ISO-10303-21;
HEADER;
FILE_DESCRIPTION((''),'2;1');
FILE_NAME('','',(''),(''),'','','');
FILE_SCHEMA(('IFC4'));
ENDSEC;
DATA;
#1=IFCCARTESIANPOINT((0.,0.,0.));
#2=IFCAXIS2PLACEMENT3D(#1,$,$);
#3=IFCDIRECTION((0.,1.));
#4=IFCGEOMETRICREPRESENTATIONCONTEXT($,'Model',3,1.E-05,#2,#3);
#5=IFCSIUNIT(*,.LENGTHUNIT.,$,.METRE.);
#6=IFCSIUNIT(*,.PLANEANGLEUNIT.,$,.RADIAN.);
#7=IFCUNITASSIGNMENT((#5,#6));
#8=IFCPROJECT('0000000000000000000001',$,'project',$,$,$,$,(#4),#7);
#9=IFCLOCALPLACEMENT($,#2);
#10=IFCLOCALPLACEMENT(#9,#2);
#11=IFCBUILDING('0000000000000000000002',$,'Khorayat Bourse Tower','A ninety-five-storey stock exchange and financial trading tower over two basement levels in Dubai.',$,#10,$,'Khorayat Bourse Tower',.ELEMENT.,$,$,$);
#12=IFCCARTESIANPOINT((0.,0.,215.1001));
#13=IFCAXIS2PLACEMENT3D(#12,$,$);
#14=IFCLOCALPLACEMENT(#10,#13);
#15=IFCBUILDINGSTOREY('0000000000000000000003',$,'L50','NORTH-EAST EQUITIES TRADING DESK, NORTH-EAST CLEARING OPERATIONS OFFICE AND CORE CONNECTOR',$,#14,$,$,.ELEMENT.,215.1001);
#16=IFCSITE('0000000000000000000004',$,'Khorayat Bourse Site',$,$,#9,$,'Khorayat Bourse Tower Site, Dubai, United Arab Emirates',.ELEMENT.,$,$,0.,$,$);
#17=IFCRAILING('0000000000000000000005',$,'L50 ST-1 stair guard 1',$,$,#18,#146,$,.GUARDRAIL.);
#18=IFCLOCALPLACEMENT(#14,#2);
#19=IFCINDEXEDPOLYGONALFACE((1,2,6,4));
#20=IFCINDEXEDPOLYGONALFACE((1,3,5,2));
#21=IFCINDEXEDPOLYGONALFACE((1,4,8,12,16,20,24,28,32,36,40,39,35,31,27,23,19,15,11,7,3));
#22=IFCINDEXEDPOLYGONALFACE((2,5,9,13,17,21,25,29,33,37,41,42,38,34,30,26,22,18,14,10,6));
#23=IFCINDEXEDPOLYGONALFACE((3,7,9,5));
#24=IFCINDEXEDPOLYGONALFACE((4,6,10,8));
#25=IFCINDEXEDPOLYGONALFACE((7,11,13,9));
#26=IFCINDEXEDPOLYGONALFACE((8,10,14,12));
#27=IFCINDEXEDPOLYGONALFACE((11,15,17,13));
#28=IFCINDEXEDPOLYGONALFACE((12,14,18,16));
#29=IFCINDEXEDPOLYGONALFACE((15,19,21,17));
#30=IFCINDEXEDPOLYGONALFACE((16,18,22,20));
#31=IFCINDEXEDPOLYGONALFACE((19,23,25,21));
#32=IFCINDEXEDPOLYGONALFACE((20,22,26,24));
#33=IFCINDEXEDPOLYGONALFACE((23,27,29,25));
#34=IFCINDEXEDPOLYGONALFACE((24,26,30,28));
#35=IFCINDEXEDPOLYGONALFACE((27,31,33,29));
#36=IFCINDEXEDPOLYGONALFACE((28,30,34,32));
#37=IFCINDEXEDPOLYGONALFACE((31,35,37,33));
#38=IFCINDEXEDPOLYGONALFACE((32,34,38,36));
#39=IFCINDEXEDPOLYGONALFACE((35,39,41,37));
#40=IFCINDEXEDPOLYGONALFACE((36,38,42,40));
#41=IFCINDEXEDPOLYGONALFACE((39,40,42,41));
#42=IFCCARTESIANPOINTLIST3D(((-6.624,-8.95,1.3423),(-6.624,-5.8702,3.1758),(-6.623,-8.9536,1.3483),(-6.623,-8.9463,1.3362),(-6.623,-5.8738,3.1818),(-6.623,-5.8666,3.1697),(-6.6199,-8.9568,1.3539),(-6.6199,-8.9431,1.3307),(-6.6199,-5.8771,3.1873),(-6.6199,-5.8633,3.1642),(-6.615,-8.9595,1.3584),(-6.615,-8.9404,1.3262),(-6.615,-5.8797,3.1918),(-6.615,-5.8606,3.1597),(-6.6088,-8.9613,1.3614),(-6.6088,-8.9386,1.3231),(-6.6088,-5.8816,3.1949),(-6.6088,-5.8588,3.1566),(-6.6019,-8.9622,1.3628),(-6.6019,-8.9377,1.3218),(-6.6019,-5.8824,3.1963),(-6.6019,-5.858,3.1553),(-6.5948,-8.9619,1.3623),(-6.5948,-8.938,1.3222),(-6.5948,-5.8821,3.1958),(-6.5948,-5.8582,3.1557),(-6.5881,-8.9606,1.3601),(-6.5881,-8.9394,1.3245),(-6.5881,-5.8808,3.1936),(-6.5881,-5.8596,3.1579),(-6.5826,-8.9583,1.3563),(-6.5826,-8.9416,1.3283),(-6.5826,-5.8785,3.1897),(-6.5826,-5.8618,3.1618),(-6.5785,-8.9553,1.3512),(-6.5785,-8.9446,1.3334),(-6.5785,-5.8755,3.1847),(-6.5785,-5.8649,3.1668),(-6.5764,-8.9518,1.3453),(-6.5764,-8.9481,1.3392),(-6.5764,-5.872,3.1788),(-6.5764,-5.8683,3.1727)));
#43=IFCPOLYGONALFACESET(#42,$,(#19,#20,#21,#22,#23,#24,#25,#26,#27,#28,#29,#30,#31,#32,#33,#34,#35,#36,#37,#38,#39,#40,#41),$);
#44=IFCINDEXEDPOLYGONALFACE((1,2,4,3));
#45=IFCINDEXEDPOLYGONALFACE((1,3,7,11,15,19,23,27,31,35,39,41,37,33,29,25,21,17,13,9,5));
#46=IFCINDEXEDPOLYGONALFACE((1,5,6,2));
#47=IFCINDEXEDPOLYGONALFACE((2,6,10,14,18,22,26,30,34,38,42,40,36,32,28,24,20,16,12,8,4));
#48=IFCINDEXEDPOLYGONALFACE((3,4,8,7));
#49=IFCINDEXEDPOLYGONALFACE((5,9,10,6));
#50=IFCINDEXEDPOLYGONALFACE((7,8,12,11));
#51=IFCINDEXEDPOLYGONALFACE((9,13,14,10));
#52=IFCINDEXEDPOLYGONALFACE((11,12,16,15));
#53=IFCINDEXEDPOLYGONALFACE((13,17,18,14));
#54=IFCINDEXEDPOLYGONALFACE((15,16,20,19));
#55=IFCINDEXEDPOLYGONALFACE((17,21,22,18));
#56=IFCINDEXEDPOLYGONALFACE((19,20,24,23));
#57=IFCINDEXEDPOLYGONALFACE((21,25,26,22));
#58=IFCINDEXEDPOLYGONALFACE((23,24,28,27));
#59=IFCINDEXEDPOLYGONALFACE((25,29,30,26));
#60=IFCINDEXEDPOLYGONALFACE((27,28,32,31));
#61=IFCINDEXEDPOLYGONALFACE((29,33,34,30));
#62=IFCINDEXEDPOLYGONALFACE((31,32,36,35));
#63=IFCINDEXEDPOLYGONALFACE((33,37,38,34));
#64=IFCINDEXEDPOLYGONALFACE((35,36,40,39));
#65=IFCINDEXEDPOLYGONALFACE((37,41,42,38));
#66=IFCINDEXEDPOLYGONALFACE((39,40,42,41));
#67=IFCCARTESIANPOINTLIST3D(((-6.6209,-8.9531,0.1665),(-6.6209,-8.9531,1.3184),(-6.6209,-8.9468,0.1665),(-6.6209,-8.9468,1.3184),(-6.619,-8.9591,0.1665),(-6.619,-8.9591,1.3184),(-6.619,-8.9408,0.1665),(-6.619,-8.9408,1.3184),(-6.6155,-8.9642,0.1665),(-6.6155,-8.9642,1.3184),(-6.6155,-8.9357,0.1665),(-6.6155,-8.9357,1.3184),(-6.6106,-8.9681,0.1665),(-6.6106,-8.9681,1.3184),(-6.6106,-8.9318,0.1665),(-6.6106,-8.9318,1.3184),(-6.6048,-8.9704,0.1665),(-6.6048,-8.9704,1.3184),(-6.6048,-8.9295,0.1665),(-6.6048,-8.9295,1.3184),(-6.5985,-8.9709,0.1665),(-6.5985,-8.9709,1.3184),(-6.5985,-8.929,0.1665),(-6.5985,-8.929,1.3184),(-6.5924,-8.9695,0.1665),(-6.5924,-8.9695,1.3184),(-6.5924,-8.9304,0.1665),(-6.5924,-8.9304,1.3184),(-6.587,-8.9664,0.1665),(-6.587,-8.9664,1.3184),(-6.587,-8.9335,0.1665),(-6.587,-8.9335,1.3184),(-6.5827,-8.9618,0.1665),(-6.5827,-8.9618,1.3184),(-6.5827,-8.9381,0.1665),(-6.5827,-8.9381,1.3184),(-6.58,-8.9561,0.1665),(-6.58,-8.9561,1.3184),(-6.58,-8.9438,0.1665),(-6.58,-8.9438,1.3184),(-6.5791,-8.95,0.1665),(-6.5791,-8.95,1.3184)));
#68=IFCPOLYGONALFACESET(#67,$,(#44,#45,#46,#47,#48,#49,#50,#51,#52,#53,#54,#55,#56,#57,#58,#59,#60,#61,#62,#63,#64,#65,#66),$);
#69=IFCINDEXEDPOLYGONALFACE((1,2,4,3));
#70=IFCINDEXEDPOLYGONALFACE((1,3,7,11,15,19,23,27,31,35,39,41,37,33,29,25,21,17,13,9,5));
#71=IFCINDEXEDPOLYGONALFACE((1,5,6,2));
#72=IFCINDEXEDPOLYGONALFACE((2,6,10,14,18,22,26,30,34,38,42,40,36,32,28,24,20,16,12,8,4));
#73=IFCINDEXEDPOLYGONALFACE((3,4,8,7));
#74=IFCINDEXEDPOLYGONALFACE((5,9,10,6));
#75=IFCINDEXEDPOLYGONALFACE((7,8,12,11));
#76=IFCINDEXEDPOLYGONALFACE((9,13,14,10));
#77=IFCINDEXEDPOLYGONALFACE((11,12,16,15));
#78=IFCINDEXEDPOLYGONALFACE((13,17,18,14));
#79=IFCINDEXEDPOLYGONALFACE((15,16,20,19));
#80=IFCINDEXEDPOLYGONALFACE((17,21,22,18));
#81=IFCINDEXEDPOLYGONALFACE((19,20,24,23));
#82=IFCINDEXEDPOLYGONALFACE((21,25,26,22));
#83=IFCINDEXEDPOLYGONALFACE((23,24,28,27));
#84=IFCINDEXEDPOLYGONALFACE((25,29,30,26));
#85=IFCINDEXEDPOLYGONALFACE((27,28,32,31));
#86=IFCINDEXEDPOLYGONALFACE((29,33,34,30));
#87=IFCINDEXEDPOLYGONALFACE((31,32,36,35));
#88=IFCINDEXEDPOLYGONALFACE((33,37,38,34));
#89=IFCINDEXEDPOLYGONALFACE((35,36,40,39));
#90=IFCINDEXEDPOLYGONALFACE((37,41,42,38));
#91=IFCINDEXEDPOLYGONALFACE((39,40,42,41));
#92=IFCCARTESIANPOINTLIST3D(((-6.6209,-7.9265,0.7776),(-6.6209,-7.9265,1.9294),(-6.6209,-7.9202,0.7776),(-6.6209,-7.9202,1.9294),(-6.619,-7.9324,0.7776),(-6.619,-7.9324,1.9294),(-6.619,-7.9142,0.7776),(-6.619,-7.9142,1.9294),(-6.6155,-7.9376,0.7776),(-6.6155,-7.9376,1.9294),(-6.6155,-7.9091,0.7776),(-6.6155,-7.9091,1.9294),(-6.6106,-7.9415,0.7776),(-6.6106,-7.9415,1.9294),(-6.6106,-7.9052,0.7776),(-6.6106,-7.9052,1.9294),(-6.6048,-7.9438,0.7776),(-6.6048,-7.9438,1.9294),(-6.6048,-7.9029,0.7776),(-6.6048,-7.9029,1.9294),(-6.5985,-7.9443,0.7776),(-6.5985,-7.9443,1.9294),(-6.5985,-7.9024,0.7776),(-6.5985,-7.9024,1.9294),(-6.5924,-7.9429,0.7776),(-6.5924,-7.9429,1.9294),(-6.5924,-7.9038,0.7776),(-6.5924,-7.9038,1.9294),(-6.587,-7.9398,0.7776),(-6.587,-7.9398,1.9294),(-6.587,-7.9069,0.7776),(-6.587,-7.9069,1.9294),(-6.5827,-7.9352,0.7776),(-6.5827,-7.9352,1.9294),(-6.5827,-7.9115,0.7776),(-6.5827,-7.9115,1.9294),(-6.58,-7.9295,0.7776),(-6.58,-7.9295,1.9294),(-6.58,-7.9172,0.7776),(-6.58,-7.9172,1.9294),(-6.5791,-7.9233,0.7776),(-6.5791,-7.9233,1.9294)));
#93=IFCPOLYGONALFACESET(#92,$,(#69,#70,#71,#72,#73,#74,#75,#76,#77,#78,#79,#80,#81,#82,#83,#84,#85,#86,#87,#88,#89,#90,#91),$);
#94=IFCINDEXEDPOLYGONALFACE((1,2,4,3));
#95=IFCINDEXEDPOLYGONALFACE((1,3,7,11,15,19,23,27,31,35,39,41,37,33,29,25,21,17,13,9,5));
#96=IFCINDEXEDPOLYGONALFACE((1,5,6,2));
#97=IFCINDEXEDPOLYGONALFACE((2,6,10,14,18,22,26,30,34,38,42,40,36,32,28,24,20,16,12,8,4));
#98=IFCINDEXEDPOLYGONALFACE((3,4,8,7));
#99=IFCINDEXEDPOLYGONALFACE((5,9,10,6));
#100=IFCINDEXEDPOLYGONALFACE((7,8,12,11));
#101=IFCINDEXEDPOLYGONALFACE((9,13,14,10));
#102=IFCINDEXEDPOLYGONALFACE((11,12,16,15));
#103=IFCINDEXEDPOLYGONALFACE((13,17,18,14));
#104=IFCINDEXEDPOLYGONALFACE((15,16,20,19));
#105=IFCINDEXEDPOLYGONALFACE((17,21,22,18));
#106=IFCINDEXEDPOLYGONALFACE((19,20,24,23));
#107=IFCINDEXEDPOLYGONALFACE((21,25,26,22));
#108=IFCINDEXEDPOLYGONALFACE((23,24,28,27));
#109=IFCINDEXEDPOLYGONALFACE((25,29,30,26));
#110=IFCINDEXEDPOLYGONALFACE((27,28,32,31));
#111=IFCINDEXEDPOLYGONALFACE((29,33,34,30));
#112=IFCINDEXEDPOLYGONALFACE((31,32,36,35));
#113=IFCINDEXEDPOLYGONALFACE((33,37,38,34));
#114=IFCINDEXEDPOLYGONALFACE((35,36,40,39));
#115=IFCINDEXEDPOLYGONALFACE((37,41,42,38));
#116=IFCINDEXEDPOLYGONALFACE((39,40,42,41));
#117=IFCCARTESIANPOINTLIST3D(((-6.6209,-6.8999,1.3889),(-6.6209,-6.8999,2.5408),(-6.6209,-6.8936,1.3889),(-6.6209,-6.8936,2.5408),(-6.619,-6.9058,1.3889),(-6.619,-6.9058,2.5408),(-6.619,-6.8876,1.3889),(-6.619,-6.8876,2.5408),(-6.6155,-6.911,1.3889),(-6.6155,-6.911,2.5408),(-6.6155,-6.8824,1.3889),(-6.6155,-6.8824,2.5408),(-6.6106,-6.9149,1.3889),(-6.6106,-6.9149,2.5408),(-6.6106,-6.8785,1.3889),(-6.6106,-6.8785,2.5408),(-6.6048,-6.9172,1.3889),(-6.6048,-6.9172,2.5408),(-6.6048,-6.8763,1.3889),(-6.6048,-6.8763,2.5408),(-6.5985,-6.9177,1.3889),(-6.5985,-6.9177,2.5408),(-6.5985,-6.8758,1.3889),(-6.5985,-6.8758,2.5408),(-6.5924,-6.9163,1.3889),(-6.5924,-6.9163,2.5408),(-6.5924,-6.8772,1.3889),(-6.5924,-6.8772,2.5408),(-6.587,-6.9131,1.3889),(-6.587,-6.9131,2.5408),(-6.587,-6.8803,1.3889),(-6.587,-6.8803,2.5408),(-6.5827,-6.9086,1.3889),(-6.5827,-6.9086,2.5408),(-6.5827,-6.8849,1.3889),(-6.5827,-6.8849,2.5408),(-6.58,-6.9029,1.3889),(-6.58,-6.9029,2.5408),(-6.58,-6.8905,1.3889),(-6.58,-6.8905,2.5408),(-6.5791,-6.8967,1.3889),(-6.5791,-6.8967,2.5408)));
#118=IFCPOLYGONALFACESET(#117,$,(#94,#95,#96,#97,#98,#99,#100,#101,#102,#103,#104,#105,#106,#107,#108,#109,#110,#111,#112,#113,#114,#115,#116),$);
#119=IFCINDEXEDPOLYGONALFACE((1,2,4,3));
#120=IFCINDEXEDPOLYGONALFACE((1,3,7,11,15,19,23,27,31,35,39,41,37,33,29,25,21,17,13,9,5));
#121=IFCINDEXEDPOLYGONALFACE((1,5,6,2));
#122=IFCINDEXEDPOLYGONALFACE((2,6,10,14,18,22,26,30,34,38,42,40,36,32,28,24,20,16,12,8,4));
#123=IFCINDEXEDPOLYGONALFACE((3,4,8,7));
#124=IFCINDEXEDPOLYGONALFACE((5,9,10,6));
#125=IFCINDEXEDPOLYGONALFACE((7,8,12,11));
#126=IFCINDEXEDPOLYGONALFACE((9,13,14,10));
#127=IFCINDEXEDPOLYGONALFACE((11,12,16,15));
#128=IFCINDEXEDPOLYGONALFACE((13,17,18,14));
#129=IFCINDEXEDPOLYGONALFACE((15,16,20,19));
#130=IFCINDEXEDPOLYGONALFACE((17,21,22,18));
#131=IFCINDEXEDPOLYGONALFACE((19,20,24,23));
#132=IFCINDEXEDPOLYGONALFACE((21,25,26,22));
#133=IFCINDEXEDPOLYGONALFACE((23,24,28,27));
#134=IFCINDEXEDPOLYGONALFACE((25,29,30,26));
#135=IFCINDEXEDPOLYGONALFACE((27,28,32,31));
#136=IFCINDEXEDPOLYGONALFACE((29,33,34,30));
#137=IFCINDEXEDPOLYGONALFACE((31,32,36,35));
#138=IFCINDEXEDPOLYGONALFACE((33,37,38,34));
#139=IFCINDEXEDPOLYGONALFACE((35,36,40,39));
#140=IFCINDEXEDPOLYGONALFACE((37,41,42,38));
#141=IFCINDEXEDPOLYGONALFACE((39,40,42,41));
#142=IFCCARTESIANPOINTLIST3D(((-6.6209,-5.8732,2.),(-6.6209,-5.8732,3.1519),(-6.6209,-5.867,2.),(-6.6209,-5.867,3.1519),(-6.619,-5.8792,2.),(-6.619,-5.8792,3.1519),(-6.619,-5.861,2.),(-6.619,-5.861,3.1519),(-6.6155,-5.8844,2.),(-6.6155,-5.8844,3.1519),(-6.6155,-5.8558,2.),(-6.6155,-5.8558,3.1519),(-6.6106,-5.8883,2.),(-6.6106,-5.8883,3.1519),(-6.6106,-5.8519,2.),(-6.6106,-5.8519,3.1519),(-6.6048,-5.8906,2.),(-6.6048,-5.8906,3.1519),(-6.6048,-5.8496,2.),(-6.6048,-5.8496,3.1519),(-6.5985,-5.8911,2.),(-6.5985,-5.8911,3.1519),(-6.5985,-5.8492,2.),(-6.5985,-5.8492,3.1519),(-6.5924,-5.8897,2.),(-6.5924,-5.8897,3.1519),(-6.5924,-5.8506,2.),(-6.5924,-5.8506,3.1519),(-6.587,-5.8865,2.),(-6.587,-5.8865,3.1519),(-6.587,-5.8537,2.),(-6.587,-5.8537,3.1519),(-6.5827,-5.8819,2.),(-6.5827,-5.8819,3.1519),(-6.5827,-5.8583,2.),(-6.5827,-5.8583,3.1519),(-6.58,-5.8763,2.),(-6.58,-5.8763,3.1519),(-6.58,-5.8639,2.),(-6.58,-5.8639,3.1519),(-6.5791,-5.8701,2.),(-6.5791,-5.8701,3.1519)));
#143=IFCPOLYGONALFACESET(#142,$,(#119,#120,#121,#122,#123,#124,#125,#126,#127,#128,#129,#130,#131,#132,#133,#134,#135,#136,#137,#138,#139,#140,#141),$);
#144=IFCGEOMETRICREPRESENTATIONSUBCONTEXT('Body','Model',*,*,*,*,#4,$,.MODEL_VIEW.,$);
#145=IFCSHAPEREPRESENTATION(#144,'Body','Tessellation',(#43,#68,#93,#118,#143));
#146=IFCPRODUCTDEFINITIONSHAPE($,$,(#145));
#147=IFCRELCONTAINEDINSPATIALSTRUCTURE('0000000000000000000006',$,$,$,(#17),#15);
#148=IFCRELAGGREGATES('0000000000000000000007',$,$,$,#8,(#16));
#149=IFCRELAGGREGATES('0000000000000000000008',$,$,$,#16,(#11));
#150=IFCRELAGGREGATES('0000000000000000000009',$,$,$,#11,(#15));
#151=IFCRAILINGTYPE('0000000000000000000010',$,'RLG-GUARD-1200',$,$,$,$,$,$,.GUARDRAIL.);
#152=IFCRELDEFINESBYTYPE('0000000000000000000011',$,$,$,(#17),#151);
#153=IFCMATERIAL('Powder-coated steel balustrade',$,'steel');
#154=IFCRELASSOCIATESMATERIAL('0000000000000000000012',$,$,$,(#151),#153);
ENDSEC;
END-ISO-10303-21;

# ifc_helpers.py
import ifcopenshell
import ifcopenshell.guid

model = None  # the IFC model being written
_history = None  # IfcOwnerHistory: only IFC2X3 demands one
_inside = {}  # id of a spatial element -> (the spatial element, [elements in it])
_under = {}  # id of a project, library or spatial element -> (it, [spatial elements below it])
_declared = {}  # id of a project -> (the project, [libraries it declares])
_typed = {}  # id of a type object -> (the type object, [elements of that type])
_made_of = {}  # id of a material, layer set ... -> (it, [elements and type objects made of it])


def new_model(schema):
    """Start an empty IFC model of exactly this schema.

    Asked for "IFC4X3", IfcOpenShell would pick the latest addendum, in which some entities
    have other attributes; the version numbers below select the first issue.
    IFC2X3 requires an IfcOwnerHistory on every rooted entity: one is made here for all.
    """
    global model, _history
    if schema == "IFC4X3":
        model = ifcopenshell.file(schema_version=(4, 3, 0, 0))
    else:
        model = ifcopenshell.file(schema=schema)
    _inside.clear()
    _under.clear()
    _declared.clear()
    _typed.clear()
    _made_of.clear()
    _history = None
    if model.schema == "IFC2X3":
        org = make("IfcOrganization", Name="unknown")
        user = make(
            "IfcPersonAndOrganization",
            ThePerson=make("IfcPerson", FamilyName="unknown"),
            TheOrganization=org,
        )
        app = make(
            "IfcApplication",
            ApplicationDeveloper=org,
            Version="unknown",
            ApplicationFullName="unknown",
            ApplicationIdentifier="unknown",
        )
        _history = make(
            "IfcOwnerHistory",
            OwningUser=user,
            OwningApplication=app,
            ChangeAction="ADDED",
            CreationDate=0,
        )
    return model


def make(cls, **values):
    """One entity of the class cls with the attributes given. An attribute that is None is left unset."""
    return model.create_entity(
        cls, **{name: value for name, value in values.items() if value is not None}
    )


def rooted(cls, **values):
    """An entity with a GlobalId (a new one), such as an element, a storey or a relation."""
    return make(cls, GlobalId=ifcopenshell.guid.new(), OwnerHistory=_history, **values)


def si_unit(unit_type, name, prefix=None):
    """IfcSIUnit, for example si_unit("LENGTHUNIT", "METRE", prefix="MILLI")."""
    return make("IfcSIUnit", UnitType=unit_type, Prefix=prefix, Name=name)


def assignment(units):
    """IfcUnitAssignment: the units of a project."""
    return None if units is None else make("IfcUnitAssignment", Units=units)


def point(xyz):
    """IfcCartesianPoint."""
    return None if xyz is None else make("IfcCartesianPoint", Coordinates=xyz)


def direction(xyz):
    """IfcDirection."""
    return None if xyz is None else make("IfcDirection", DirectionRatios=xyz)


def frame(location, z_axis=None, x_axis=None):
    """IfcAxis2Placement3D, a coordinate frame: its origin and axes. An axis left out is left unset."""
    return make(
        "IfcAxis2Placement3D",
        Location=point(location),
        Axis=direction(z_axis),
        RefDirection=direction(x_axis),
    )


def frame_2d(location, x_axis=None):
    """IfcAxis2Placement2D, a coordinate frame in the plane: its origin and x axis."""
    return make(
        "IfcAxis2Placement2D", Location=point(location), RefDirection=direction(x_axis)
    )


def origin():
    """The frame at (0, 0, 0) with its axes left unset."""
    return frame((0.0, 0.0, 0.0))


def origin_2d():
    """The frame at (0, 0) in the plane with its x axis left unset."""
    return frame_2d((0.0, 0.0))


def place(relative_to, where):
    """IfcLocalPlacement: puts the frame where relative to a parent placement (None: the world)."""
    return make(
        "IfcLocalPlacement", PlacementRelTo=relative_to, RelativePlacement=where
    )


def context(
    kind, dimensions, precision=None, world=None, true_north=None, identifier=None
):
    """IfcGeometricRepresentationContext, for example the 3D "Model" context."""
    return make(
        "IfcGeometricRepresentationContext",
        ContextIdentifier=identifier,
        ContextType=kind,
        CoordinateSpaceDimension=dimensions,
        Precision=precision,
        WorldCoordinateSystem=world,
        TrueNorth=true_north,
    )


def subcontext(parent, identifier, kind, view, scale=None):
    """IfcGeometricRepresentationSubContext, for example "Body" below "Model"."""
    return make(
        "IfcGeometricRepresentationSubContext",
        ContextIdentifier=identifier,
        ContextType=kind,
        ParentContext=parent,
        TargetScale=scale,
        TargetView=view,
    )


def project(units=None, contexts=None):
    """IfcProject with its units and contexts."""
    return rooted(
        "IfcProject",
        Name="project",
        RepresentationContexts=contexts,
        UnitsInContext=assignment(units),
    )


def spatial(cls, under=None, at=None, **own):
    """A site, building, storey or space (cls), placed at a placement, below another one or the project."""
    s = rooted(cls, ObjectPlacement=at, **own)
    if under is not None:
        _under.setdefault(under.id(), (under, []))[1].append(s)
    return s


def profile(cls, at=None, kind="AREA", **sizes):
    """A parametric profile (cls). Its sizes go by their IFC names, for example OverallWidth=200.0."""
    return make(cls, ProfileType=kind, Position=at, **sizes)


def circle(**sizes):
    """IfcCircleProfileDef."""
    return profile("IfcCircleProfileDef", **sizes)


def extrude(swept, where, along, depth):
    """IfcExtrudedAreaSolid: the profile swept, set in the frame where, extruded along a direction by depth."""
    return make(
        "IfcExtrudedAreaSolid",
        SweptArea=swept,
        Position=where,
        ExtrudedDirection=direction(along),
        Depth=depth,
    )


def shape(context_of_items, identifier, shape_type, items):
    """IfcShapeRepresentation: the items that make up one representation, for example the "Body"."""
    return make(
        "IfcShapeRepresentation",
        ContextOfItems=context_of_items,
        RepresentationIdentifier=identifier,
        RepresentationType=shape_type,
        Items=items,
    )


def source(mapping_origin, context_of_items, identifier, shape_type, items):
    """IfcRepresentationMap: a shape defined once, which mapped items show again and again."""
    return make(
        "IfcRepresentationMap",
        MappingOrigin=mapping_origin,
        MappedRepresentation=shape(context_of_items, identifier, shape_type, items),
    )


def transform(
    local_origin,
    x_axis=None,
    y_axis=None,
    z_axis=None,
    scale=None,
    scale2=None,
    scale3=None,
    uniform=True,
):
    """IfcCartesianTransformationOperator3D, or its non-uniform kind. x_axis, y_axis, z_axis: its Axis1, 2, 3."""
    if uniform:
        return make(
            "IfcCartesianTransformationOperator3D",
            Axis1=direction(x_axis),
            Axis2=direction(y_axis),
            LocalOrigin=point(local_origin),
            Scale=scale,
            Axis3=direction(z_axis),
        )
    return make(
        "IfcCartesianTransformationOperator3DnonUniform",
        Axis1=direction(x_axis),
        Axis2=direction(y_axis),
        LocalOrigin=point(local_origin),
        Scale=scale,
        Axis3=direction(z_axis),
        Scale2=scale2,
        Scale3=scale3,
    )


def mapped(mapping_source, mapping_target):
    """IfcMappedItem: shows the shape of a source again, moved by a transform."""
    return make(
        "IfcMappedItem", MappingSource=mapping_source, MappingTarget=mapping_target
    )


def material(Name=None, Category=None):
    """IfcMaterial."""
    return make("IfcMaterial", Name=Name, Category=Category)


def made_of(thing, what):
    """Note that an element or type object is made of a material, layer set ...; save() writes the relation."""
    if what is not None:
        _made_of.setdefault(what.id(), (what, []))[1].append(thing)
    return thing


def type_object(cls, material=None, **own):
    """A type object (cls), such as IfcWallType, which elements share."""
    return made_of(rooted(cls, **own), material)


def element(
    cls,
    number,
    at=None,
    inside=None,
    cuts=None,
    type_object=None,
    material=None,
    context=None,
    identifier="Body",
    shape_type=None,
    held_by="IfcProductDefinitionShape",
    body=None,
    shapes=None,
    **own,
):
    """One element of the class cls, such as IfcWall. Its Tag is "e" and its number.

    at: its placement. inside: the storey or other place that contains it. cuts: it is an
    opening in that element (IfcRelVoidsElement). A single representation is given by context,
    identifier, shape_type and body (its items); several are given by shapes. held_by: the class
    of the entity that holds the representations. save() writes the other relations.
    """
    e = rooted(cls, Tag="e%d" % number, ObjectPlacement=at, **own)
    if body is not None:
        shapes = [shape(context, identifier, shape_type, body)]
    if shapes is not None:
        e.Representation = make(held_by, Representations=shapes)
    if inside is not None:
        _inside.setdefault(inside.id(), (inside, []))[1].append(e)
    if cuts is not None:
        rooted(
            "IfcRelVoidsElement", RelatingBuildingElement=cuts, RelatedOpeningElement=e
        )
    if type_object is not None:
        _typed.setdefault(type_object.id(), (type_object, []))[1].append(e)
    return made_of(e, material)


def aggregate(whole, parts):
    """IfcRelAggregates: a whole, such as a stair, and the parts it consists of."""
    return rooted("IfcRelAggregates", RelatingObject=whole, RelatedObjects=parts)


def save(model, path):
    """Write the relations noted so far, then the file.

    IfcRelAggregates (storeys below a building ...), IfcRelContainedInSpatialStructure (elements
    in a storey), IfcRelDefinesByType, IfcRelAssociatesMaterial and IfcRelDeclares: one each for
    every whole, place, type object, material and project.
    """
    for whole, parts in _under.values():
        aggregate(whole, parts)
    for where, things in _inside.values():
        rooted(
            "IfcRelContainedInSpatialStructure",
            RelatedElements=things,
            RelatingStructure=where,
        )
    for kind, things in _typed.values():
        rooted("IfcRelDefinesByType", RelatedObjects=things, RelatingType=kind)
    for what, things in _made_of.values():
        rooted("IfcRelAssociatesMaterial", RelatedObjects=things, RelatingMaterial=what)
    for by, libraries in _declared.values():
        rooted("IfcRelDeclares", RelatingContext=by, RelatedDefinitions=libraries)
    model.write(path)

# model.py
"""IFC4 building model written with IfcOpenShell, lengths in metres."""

from ifc_helpers import new_model, si_unit, direction, frame, origin, origin_2d, place, context, subcontext, project, spatial, circle, extrude, source, transform, mapped, material, type_object, element, save


model = new_model("IFC4")

# Units and contexts
model_context = context("Model", 3, precision=1e-05, world=origin(), true_north=direction((0.0, 1.0)))
body_context = subcontext(model_context, "Body", "Model", "MODEL_VIEW")
ifc_project = project(units=[si_unit("LENGTHUNIT", "METRE"), si_unit("PLANEANGLEUNIT", "RADIAN")], contexts=[model_context])

# Site, building, storey
site_placement = place(None, origin())
site = spatial("IfcSite", under=ifc_project, at=site_placement, Name="Khorayat Bourse Site", LongName="Khorayat Bourse Tower Site, Dubai, United Arab Emirates", CompositionType="ELEMENT", RefElevation=0.0)
building_placement = place(site_placement, origin())
building = spatial("IfcBuilding", under=site, at=building_placement, Name="Khorayat Bourse Tower", Description="A ninety-five-storey stock exchange and financial trading tower over two basement levels in Dubai.", LongName="Khorayat Bourse Tower", CompositionType="ELEMENT")
storey_placement = place(building_placement, frame((0.0, 0.0, 215.1001)))
storey = spatial("IfcBuildingStorey", under=building, at=storey_placement, Name="L50", Description="NORTH-EAST EQUITIES TRADING DESK, NORTH-EAST CLEARING OPERATIONS OFFICE AND CORE CONNECTOR", CompositionType="ELEMENT", Elevation=215.1001)

# Railing
ifc_material_1 = material(Name="Powder-coated steel balustrade", Category="steel")
railing_type_1 = type_object("IfcRailingType", Name="RLG-GUARD-1200", PredefinedType="GUARDRAIL", material=ifc_material_1)
shared_shape_1 = source(origin(), body_context, "Body", "SweptSolid", [
    extrude(circle(Radius=0.0239, at=origin_2d()), frame((0.0, 0.0, 1.1758), z_axis=(0.0, 0.859261, 0.511538), x_axis=(-1.0, 0.0, 0.0)), (0.0, 0.0, 1.0), 3.5842),
    extrude(circle(Radius=0.021, at=origin_2d()), origin(), (0.0, 0.0, 1.0), 1.1519),
    extrude(circle(Radius=0.021, at=origin_2d()), frame((0.0, 1.0266, 0.6111)), (0.0, 0.0, 1.0), 1.1519),
    extrude(circle(Radius=0.021, at=origin_2d()), frame((0.0, 2.0532, 1.2224)), (0.0, 0.0, 1.0), 1.1519),
    extrude(circle(Radius=0.021, at=origin_2d()), frame((0.0, 3.0798, 1.8335)), (0.0, 0.0, 1.0), 1.1519),
])
railing_1_placement = place(storey_placement, frame((-6.6001, -8.95, 0.1665)))
element("IfcRailing", 1, at=railing_1_placement, inside=storey, type_object=railing_type_1, Name="L50 ST-1 stair guard 1", PredefinedType="GUARDRAIL", context=body_context, shape_type="MappedRepresentation", body=[
    mapped(shared_shape_1, transform((0.0, 0.0, 0.0), scale=1.0)),
])

save(model, "model.ifc")
